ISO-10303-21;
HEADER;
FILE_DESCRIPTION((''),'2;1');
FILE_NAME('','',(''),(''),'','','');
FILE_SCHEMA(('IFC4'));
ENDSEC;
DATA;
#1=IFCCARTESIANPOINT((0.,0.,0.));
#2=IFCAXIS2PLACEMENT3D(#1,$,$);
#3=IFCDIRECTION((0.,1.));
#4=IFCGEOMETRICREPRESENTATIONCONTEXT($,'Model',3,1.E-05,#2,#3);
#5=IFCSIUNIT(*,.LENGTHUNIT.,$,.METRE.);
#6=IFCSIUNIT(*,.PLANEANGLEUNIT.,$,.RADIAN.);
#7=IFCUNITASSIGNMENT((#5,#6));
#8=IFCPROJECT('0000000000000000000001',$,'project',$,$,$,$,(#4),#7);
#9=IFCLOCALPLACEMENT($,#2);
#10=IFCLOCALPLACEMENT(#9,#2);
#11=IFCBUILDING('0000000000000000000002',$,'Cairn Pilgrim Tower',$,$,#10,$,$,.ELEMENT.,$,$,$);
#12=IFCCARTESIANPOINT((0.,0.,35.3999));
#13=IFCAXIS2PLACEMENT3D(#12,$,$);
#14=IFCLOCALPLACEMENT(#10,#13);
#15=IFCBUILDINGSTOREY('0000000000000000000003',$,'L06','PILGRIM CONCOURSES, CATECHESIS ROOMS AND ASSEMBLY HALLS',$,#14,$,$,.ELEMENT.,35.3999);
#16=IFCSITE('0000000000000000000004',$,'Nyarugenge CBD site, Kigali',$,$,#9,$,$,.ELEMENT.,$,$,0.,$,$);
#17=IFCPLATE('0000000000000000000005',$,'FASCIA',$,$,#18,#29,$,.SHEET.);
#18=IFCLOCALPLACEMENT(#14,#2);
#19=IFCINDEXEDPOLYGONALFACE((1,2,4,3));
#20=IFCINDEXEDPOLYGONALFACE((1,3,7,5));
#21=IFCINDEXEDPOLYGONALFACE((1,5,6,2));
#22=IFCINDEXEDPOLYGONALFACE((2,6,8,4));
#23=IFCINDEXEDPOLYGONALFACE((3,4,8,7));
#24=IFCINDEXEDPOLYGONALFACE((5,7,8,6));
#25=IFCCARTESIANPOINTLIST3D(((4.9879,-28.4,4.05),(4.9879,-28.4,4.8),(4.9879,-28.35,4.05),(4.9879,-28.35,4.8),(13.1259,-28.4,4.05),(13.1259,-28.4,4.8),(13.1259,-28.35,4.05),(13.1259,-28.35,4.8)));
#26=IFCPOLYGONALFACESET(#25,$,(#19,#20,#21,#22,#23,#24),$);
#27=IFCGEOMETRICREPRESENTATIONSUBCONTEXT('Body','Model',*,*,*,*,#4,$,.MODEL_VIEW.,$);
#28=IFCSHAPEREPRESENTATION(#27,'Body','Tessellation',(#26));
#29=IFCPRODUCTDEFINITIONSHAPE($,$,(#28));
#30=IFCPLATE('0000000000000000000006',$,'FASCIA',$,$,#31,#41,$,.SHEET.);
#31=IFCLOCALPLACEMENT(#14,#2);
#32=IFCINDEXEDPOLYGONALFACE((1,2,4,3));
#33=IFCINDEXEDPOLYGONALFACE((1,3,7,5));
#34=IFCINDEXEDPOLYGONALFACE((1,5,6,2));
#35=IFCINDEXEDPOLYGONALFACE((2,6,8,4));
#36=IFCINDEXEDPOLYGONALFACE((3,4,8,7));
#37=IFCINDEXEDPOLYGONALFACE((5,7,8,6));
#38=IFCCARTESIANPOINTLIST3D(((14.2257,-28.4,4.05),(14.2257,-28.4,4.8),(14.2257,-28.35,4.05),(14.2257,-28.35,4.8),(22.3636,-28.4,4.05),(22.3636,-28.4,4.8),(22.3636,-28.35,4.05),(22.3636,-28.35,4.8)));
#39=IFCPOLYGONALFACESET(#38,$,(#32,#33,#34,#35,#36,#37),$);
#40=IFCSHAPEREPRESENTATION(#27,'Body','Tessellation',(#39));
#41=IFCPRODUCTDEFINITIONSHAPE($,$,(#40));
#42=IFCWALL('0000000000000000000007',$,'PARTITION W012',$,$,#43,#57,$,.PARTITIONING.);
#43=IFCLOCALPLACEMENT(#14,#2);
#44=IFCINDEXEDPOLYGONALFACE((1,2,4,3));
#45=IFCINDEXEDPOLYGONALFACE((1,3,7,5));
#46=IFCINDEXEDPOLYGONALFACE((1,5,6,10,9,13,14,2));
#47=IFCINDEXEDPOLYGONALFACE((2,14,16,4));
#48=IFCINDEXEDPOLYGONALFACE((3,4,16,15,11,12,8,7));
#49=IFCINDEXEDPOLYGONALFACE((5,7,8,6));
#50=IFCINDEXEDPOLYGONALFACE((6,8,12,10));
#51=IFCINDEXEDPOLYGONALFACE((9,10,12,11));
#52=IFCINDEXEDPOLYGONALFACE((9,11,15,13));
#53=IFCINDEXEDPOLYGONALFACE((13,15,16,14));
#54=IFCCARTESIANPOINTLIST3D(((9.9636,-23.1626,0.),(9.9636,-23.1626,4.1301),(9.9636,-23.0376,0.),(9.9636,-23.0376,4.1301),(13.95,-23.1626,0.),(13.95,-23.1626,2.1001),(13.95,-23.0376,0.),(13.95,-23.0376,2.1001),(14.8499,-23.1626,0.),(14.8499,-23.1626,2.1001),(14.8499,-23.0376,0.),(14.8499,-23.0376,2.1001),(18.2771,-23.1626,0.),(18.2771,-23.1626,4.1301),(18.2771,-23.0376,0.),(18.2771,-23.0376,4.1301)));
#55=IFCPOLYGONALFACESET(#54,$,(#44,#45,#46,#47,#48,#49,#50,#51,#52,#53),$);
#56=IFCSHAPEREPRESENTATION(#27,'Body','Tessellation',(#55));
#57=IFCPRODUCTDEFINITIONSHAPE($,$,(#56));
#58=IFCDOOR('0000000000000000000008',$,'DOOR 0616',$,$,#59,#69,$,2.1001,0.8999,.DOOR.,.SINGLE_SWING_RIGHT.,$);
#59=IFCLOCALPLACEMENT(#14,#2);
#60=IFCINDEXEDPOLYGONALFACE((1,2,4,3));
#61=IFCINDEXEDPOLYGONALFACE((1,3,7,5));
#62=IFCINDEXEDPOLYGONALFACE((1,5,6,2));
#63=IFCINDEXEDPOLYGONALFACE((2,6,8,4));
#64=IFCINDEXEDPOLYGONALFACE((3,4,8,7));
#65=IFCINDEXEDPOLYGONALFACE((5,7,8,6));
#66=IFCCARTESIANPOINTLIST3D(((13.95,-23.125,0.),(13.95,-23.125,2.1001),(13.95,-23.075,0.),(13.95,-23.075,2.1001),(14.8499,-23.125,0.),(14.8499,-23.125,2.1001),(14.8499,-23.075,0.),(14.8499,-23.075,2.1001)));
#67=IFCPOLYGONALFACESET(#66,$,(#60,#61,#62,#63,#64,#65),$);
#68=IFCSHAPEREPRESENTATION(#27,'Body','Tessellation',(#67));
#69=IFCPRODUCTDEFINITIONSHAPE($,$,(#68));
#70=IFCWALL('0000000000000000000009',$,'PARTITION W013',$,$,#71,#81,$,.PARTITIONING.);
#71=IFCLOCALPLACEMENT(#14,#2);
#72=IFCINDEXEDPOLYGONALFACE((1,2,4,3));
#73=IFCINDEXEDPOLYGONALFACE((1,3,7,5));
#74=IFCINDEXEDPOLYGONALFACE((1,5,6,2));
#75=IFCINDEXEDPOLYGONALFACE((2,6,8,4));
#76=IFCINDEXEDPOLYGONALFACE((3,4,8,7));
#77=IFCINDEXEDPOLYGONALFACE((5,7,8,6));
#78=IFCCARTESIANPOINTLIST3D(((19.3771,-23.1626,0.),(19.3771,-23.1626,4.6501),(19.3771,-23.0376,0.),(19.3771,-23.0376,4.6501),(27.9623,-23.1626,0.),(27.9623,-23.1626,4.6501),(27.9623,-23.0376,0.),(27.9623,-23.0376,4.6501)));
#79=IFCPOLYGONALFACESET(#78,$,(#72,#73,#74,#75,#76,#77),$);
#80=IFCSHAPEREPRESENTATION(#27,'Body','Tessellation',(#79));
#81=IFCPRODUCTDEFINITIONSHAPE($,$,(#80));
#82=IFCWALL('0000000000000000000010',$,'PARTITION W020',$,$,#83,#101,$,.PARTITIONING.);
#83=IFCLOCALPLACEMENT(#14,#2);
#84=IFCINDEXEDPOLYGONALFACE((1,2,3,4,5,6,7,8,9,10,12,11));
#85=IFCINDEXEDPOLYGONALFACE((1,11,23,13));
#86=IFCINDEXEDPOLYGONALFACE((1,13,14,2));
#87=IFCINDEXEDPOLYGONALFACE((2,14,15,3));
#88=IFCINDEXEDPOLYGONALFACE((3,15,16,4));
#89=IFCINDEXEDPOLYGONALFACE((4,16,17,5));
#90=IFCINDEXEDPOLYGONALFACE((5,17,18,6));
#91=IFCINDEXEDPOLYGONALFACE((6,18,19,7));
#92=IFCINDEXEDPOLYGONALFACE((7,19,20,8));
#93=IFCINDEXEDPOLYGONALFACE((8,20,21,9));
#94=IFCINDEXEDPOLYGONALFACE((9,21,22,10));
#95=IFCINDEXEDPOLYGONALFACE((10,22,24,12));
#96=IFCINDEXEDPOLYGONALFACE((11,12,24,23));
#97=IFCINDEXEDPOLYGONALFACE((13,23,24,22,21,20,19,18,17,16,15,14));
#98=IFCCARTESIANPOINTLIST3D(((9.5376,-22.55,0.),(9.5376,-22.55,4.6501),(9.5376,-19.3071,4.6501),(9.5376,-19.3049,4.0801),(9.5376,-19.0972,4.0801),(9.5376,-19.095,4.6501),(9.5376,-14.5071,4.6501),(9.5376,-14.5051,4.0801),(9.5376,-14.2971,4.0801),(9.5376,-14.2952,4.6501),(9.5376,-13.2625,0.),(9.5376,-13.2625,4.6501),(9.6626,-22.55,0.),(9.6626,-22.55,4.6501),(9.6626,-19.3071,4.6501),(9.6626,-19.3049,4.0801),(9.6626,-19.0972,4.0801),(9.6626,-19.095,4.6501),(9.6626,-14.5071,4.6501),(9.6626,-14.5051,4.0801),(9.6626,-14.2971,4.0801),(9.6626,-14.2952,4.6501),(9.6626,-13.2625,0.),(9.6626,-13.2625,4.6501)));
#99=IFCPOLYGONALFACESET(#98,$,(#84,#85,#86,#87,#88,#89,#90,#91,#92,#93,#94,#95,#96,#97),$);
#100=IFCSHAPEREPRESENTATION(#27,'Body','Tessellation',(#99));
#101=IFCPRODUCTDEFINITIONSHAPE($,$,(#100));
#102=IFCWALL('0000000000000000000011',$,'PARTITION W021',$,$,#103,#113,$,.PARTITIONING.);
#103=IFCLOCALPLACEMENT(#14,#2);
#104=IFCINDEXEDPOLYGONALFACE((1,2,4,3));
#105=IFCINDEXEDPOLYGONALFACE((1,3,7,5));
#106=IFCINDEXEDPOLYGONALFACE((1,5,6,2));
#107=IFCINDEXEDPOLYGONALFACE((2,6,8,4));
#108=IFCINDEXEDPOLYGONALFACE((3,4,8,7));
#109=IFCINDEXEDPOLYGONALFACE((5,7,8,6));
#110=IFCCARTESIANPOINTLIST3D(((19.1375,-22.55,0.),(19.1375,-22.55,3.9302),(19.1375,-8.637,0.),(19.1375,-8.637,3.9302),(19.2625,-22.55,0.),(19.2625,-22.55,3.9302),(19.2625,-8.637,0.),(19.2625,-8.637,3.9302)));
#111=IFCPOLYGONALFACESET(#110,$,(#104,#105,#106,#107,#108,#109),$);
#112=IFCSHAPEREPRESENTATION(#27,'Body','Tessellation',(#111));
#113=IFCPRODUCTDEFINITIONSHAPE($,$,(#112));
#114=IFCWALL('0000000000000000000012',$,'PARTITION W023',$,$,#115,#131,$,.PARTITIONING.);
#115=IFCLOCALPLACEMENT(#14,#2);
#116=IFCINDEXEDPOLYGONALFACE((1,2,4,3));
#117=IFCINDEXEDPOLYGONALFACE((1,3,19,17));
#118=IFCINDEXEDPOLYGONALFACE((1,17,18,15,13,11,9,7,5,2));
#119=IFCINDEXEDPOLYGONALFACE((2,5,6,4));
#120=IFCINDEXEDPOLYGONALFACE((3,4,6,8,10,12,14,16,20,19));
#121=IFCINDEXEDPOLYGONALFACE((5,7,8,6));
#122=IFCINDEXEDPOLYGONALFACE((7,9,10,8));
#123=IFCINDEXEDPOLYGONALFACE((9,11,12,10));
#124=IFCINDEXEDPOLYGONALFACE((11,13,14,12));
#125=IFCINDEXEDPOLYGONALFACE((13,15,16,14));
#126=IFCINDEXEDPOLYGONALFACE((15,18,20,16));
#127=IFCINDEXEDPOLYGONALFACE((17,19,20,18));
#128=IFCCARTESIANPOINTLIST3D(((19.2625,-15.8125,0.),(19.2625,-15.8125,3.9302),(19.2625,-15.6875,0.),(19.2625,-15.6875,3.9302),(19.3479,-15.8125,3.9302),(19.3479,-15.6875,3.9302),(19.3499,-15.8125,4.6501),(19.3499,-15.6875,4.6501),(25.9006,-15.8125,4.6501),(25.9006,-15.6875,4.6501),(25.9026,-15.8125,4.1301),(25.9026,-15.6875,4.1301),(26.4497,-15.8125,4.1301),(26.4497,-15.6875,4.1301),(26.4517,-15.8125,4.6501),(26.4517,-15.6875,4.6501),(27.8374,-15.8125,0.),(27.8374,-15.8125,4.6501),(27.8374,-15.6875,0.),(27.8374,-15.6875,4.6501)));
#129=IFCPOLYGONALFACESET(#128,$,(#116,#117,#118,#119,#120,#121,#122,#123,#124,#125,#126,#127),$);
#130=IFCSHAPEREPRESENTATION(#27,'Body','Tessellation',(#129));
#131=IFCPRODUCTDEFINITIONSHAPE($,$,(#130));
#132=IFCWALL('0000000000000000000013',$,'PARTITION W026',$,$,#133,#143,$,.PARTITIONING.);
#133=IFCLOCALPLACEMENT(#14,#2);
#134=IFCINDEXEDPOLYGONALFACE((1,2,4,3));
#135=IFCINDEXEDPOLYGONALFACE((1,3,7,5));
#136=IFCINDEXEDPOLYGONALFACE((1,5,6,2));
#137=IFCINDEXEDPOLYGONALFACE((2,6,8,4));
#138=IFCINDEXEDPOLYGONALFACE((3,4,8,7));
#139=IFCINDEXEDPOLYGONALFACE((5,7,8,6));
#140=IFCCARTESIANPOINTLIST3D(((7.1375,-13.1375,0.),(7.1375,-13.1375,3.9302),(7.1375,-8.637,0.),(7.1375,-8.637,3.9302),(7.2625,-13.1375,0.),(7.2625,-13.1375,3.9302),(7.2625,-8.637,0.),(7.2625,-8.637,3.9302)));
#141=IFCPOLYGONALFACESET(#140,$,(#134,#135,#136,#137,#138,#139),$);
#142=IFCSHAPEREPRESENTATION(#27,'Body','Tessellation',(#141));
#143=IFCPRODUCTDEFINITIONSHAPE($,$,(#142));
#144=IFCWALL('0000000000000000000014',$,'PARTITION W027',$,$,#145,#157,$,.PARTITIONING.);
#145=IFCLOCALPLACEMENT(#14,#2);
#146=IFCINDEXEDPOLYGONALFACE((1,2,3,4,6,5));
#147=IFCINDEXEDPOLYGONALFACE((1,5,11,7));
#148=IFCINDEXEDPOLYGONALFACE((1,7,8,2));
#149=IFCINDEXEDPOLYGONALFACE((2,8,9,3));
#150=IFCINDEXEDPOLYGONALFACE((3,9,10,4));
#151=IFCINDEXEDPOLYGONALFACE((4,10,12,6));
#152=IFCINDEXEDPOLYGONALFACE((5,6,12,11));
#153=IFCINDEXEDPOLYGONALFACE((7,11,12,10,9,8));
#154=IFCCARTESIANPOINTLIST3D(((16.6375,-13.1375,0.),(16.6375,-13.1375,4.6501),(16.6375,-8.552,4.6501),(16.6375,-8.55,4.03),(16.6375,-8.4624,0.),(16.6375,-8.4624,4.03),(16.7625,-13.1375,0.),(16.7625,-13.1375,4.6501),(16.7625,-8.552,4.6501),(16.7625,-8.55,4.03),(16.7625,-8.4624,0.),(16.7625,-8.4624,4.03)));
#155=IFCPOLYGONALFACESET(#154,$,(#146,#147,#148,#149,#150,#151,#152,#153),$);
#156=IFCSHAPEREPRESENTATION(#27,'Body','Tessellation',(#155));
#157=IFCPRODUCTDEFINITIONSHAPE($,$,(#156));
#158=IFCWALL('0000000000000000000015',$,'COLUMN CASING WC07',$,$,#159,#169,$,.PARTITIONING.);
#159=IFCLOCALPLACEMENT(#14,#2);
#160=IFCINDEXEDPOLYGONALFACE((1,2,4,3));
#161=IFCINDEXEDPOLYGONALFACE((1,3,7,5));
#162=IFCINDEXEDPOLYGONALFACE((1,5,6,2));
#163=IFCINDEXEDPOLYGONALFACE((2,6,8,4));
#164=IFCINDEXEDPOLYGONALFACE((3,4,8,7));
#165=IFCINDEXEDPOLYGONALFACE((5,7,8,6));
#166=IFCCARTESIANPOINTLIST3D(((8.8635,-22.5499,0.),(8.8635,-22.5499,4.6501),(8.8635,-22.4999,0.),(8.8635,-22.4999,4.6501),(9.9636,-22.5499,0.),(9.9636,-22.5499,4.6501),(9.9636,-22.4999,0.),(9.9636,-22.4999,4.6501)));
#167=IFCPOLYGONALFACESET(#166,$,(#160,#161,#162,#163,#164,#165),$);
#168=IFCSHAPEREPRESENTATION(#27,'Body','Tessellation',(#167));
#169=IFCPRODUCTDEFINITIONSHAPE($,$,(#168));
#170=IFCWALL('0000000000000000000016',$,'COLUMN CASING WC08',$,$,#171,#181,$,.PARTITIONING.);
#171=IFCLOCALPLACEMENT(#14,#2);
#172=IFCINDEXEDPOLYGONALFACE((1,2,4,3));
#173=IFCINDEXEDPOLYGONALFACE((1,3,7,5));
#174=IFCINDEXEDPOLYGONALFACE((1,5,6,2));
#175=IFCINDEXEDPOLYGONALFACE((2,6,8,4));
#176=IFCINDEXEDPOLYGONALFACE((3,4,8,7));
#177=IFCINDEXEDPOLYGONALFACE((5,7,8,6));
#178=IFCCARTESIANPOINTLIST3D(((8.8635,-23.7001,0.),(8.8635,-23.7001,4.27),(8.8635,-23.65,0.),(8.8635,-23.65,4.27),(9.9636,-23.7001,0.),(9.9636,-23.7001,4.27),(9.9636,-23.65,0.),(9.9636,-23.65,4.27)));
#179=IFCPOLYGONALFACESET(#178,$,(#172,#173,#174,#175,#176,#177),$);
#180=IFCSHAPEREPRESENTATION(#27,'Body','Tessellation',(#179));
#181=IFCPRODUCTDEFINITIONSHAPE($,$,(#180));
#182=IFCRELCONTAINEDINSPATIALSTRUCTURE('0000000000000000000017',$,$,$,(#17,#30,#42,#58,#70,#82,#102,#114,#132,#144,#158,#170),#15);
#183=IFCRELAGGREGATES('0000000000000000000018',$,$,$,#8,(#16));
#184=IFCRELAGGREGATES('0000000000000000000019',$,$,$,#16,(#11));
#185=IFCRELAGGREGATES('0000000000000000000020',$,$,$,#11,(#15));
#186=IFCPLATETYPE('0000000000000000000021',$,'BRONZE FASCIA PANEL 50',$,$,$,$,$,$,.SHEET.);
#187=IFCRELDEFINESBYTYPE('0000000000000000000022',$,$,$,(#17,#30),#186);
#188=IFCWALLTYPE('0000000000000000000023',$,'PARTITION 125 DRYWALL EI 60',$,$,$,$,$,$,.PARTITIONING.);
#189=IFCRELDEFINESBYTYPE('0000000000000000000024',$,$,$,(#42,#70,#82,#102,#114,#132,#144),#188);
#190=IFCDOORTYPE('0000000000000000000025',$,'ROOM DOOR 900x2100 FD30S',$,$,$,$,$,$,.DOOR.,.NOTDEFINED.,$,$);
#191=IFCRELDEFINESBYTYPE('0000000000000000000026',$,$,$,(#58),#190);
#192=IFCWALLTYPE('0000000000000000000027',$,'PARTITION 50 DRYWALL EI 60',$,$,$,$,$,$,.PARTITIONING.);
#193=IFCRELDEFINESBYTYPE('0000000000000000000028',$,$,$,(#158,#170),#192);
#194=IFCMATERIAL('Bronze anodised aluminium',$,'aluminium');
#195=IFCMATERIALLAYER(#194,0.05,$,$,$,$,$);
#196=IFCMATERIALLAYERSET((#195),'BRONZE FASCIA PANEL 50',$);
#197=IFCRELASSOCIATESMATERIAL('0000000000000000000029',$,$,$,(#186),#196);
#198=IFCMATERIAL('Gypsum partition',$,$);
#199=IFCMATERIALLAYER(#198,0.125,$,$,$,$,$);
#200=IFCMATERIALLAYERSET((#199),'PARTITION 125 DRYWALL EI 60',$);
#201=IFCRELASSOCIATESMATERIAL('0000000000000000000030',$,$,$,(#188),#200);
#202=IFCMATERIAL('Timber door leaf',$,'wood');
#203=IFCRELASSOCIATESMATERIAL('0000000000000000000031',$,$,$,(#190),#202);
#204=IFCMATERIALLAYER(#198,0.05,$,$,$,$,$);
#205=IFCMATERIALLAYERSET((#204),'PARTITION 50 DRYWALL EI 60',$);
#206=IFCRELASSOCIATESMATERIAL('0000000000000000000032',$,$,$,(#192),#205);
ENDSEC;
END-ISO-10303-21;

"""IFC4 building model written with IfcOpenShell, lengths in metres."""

from ifc_helpers import new_model, si_unit, direction, frame, frame_2d, origin, origin_2d, place, context, subcontext, project, spatial, polyline, rectangle, outline, extrude, material, layer, layer_set, type_object, element, fill, save


model = new_model("IFC4")

# Units and contexts
model_context = context("Model", 3, precision=1e-05, world=origin(), true_north=direction((0.0, 1.0)))
body_context = subcontext(model_context, "Body", "Model", "MODEL_VIEW")
ifc_project = project(units=[si_unit("LENGTHUNIT", "METRE"), si_unit("PLANEANGLEUNIT", "RADIAN")], contexts=[model_context])

# Site, building, storey
site_placement = place(None, origin())
site = spatial("IfcSite", under=ifc_project, at=site_placement, Name="Nyarugenge CBD site, Kigali", CompositionType="ELEMENT", RefElevation=0.0)
building_placement = place(site_placement, origin())
building = spatial("IfcBuilding", under=site, at=building_placement, Name="Cairn Pilgrim Tower", CompositionType="ELEMENT")
storey_placement = place(building_placement, frame((0.0, 0.0, 35.3999)))
storey = spatial("IfcBuildingStorey", under=building, at=storey_placement, Name="L06", Description="PILGRIM CONCOURSES, CATECHESIS ROOMS AND ASSEMBLY HALLS", CompositionType="ELEMENT", Elevation=35.3999)

# Plates
ifc_material_1 = material(Name="Bronze anodised aluminium", Category="aluminium")
ifc_layer_1 = layer(ifc_material_1, 0.05)
ifc_layer_set_1 = layer_set([ifc_layer_1], Name="BRONZE FASCIA PANEL 50")
plate_type = type_object("IfcPlateType", Name="BRONZE FASCIA PANEL 50", PredefinedType="SHEET", material=ifc_layer_set_1)
for number, where, z_axis, x_axis, name in (
    (1, (9.0569, -28.375, 4.05), (0.0, 0.0, 1.0), (1.0, 0.0, 0.0), "FASCIA"),
    (2, (18.2947, -28.375, 4.05), (0.0, 0.0, 1.0), (1.0, 0.0, 0.0), "FASCIA"),
):
    element("IfcPlate", number, at=place(storey_placement, frame(where, z_axis=z_axis, x_axis=x_axis)), inside=storey, type_object=plate_type, Name=name, PredefinedType="SHEET", context=body_context, shape_type="SweptSolid", body=[
        extrude(rectangle(XDim=8.1379, YDim=0.05, at=origin_2d()), origin(), (0.0, 0.0, 1.0), 0.75),
    ])

# Wall, opening, door
ifc_material_2 = material(Name="Gypsum partition")
ifc_layer_2 = layer(ifc_material_2, 0.125)
ifc_layer_set_2 = layer_set([ifc_layer_2], Name="PARTITION 125 DRYWALL EI 60")
wall_type_1 = type_object("IfcWallType", Name="PARTITION 125 DRYWALL EI 60", PredefinedType="PARTITIONING", material=ifc_layer_set_2)
wall_1_placement = place(storey_placement, frame((9.9636, -23.1001, 0.0), z_axis=(0.0, 0.0, 1.0), x_axis=(1.0, 0.0, 0.0)))
wall_1 = element("IfcWall", 3, at=wall_1_placement, inside=storey, type_object=wall_type_1, Name="PARTITION W012", PredefinedType="PARTITIONING", context=body_context, shape_type="SweptSolid", body=[
    extrude(rectangle(XDim=8.3135, YDim=0.125, at=frame_2d((4.1567, 0.0))), origin(), (0.0, 0.0, 1.0), 4.1301),
])
opening_1_placement = place(wall_1_placement, frame((3.9863, 0.0, 0.0)))
opening_1 = element("IfcOpeningElement", 4, at=opening_1_placement, cuts=wall_1, PredefinedType="OPENING", context=body_context, shape_type="SweptSolid", body=[
    extrude(rectangle(XDim=0.8999, YDim=2.1001, at=frame_2d((0.45, 1.05))), frame((0.0, 0.0725, 0.0), z_axis=(0.0, -1.0, 0.0), x_axis=(1.0, 0.0, 0.0)), (0.0, 0.0, 1.0), 0.145),
])
ifc_material_3 = material(Name="Timber door leaf", Category="wood")
door_type = type_object("IfcDoorType", Name="ROOM DOOR 900x2100 FD30S", OperationType="NOTDEFINED", PredefinedType="DOOR", material=ifc_material_3)
door_placement = place(opening_1_placement, frame((0.8999, 0.0, 0.0), z_axis=(0.0, 0.0, 1.0), x_axis=(-1.0, 0.0, 0.0)))
door = element("IfcDoor", 5, at=door_placement, inside=storey, type_object=door_type, Name="DOOR 0616", OperationType="SINGLE_SWING_RIGHT", OverallHeight=2.1001, OverallWidth=0.8999, PredefinedType="DOOR", context=body_context, shape_type="SweptSolid", body=[
    extrude(rectangle(XDim=0.8999, YDim=2.1001, at=frame_2d((0.45, 1.05))), frame((0.0, 0.0249, 0.0), z_axis=(0.0, -1.0, 0.0), x_axis=(1.0, 0.0, 0.0)), (0.0, 0.0, 1.0), 0.05),
])
fill(opening_1, door)

# Walls
wall_2_placement = place(storey_placement, frame((19.3772, -23.1001, 0.0), z_axis=(0.0, 0.0, 1.0), x_axis=(1.0, 0.0, 0.0)))
element("IfcWall", 6, at=wall_2_placement, inside=storey, type_object=wall_type_1, Name="PARTITION W013", PredefinedType="PARTITIONING", context=body_context, shape_type="SweptSolid", body=[
    extrude(rectangle(XDim=8.5852, YDim=0.125, at=frame_2d((4.2925, 0.0))), origin(), (0.0, 0.0, 1.0), 4.6501),
])
wall_3_placement = place(storey_placement, frame((9.6001, -22.55, 0.0), z_axis=(0.0, 0.0, 1.0), x_axis=(0.0, 1.0, 0.0)))
element("IfcWall", 7, at=wall_3_placement, inside=storey, type_object=wall_type_1, Name="PARTITION W020", PredefinedType="PARTITIONING", context=body_context, shape_type="SweptSolid", body=[
    extrude(outline(polyline([(0.0, 0.0), (9.2876, 0.0), (9.2876, 4.6501), (8.2549, 4.6501), (8.2529, 4.0801), (8.0449, 4.0801), (8.043, 4.6501), (3.4551, 4.6501), (3.4529, 4.0801), (3.2451, 4.0801), (3.2429, 4.6501), (0.0, 4.6501), (0.0, 0.0)])), frame((0.0, 0.0625, 0.0), z_axis=(0.0, -1.0, 0.0), x_axis=(1.0, 0.0, 0.0)), (0.0, 0.0, 1.0), 0.125),
])
wall_4_placement = place(storey_placement, frame((19.2, -22.55, 0.0), z_axis=(0.0, 0.0, 1.0), x_axis=(0.0, 1.0, 0.0)))
element("IfcWall", 8, at=wall_4_placement, inside=storey, type_object=wall_type_1, Name="PARTITION W021", PredefinedType="PARTITIONING", context=body_context, shape_type="SweptSolid", body=[
    extrude(rectangle(XDim=13.9131, YDim=0.125, at=frame_2d((6.9565, 0.0))), origin(), (0.0, 0.0, 1.0), 3.9302),
])
wall_5_placement = place(storey_placement, frame((19.2625, -15.75, 0.0), z_axis=(0.0, 0.0, 1.0), x_axis=(1.0, 0.0, 0.0)))
element("IfcWall", 9, at=wall_5_placement, inside=storey, type_object=wall_type_1, Name="PARTITION W023", PredefinedType="PARTITIONING", context=body_context, shape_type="SweptSolid", body=[
    extrude(outline(polyline([(0.0, 0.0), (8.575, 0.0), (8.575, 4.6501), (7.1892, 4.6501), (7.1873, 4.1301), (6.6401, 4.1301), (6.6382, 4.6501), (0.0874, 4.6501), (0.0854, 3.9302), (0.0, 3.9302), (0.0, 0.0)])), frame((0.0, 0.0625, 0.0), z_axis=(0.0, -1.0, 0.0), x_axis=(1.0, 0.0, 0.0)), (0.0, 0.0, 1.0), 0.125),
])
wall_6_placement = place(storey_placement, frame((7.2, -13.1375, 0.0), z_axis=(0.0, 0.0, 1.0), x_axis=(0.0, 1.0, 0.0)))
element("IfcWall", 10, at=wall_6_placement, inside=storey, type_object=wall_type_1, Name="PARTITION W026", PredefinedType="PARTITIONING", context=body_context, shape_type="SweptSolid", body=[
    extrude(rectangle(XDim=4.5005, YDim=0.125, at=frame_2d((2.2502, 0.0))), origin(), (0.0, 0.0, 1.0), 3.9302),
])
wall_7_placement = place(storey_placement, frame((16.7, -13.1375, 0.0), z_axis=(0.0, 0.0, 1.0), x_axis=(0.0, 1.0, 0.0)))
element("IfcWall", 11, at=wall_7_placement, inside=storey, type_object=wall_type_1, Name="PARTITION W027", PredefinedType="PARTITIONING", context=body_context, shape_type="SweptSolid", body=[
    extrude(outline(polyline([(0.0, 0.0), (4.675, 0.0), (4.675, 4.03), (4.5874, 4.03), (4.5854, 4.6501), (0.0, 4.6501), (0.0, 0.0)])), frame((0.0, 0.0625, 0.0), z_axis=(0.0, -1.0, 0.0), x_axis=(1.0, 0.0, 0.0)), (0.0, 0.0, 1.0), 0.125),
])
ifc_layer_3 = layer(ifc_material_2, 0.05)
ifc_layer_set_3 = layer_set([ifc_layer_3], Name="PARTITION 50 DRYWALL EI 60")
wall_type_2 = type_object("IfcWallType", Name="PARTITION 50 DRYWALL EI 60", PredefinedType="PARTITIONING", material=ifc_layer_set_3)
wall_8_placement = place(storey_placement, frame((8.8635, -22.5249, 0.0), z_axis=(0.0, 0.0, 1.0), x_axis=(1.0, 0.0, 0.0)))
element("IfcWall", 12, at=wall_8_placement, inside=storey, type_object=wall_type_2, Name="COLUMN CASING WC07", PredefinedType="PARTITIONING", context=body_context, shape_type="SweptSolid", body=[
    extrude(rectangle(XDim=1.1001, YDim=0.05, at=frame_2d((0.55, 0.0))), origin(), (0.0, 0.0, 1.0), 4.6501),
])
wall_9_placement = place(storey_placement, frame((8.8635, -23.675, 0.0), z_axis=(0.0, 0.0, 1.0), x_axis=(1.0, 0.0, 0.0)))
element("IfcWall", 13, at=wall_9_placement, inside=storey, type_object=wall_type_2, Name="COLUMN CASING WC08", PredefinedType="PARTITIONING", context=body_context, shape_type="SweptSolid", body=[
    extrude(rectangle(XDim=1.1001, YDim=0.05, at=frame_2d((0.55, 0.0))), origin(), (0.0, 0.0, 1.0), 4.27),
])

save(model, "model.ifc")
